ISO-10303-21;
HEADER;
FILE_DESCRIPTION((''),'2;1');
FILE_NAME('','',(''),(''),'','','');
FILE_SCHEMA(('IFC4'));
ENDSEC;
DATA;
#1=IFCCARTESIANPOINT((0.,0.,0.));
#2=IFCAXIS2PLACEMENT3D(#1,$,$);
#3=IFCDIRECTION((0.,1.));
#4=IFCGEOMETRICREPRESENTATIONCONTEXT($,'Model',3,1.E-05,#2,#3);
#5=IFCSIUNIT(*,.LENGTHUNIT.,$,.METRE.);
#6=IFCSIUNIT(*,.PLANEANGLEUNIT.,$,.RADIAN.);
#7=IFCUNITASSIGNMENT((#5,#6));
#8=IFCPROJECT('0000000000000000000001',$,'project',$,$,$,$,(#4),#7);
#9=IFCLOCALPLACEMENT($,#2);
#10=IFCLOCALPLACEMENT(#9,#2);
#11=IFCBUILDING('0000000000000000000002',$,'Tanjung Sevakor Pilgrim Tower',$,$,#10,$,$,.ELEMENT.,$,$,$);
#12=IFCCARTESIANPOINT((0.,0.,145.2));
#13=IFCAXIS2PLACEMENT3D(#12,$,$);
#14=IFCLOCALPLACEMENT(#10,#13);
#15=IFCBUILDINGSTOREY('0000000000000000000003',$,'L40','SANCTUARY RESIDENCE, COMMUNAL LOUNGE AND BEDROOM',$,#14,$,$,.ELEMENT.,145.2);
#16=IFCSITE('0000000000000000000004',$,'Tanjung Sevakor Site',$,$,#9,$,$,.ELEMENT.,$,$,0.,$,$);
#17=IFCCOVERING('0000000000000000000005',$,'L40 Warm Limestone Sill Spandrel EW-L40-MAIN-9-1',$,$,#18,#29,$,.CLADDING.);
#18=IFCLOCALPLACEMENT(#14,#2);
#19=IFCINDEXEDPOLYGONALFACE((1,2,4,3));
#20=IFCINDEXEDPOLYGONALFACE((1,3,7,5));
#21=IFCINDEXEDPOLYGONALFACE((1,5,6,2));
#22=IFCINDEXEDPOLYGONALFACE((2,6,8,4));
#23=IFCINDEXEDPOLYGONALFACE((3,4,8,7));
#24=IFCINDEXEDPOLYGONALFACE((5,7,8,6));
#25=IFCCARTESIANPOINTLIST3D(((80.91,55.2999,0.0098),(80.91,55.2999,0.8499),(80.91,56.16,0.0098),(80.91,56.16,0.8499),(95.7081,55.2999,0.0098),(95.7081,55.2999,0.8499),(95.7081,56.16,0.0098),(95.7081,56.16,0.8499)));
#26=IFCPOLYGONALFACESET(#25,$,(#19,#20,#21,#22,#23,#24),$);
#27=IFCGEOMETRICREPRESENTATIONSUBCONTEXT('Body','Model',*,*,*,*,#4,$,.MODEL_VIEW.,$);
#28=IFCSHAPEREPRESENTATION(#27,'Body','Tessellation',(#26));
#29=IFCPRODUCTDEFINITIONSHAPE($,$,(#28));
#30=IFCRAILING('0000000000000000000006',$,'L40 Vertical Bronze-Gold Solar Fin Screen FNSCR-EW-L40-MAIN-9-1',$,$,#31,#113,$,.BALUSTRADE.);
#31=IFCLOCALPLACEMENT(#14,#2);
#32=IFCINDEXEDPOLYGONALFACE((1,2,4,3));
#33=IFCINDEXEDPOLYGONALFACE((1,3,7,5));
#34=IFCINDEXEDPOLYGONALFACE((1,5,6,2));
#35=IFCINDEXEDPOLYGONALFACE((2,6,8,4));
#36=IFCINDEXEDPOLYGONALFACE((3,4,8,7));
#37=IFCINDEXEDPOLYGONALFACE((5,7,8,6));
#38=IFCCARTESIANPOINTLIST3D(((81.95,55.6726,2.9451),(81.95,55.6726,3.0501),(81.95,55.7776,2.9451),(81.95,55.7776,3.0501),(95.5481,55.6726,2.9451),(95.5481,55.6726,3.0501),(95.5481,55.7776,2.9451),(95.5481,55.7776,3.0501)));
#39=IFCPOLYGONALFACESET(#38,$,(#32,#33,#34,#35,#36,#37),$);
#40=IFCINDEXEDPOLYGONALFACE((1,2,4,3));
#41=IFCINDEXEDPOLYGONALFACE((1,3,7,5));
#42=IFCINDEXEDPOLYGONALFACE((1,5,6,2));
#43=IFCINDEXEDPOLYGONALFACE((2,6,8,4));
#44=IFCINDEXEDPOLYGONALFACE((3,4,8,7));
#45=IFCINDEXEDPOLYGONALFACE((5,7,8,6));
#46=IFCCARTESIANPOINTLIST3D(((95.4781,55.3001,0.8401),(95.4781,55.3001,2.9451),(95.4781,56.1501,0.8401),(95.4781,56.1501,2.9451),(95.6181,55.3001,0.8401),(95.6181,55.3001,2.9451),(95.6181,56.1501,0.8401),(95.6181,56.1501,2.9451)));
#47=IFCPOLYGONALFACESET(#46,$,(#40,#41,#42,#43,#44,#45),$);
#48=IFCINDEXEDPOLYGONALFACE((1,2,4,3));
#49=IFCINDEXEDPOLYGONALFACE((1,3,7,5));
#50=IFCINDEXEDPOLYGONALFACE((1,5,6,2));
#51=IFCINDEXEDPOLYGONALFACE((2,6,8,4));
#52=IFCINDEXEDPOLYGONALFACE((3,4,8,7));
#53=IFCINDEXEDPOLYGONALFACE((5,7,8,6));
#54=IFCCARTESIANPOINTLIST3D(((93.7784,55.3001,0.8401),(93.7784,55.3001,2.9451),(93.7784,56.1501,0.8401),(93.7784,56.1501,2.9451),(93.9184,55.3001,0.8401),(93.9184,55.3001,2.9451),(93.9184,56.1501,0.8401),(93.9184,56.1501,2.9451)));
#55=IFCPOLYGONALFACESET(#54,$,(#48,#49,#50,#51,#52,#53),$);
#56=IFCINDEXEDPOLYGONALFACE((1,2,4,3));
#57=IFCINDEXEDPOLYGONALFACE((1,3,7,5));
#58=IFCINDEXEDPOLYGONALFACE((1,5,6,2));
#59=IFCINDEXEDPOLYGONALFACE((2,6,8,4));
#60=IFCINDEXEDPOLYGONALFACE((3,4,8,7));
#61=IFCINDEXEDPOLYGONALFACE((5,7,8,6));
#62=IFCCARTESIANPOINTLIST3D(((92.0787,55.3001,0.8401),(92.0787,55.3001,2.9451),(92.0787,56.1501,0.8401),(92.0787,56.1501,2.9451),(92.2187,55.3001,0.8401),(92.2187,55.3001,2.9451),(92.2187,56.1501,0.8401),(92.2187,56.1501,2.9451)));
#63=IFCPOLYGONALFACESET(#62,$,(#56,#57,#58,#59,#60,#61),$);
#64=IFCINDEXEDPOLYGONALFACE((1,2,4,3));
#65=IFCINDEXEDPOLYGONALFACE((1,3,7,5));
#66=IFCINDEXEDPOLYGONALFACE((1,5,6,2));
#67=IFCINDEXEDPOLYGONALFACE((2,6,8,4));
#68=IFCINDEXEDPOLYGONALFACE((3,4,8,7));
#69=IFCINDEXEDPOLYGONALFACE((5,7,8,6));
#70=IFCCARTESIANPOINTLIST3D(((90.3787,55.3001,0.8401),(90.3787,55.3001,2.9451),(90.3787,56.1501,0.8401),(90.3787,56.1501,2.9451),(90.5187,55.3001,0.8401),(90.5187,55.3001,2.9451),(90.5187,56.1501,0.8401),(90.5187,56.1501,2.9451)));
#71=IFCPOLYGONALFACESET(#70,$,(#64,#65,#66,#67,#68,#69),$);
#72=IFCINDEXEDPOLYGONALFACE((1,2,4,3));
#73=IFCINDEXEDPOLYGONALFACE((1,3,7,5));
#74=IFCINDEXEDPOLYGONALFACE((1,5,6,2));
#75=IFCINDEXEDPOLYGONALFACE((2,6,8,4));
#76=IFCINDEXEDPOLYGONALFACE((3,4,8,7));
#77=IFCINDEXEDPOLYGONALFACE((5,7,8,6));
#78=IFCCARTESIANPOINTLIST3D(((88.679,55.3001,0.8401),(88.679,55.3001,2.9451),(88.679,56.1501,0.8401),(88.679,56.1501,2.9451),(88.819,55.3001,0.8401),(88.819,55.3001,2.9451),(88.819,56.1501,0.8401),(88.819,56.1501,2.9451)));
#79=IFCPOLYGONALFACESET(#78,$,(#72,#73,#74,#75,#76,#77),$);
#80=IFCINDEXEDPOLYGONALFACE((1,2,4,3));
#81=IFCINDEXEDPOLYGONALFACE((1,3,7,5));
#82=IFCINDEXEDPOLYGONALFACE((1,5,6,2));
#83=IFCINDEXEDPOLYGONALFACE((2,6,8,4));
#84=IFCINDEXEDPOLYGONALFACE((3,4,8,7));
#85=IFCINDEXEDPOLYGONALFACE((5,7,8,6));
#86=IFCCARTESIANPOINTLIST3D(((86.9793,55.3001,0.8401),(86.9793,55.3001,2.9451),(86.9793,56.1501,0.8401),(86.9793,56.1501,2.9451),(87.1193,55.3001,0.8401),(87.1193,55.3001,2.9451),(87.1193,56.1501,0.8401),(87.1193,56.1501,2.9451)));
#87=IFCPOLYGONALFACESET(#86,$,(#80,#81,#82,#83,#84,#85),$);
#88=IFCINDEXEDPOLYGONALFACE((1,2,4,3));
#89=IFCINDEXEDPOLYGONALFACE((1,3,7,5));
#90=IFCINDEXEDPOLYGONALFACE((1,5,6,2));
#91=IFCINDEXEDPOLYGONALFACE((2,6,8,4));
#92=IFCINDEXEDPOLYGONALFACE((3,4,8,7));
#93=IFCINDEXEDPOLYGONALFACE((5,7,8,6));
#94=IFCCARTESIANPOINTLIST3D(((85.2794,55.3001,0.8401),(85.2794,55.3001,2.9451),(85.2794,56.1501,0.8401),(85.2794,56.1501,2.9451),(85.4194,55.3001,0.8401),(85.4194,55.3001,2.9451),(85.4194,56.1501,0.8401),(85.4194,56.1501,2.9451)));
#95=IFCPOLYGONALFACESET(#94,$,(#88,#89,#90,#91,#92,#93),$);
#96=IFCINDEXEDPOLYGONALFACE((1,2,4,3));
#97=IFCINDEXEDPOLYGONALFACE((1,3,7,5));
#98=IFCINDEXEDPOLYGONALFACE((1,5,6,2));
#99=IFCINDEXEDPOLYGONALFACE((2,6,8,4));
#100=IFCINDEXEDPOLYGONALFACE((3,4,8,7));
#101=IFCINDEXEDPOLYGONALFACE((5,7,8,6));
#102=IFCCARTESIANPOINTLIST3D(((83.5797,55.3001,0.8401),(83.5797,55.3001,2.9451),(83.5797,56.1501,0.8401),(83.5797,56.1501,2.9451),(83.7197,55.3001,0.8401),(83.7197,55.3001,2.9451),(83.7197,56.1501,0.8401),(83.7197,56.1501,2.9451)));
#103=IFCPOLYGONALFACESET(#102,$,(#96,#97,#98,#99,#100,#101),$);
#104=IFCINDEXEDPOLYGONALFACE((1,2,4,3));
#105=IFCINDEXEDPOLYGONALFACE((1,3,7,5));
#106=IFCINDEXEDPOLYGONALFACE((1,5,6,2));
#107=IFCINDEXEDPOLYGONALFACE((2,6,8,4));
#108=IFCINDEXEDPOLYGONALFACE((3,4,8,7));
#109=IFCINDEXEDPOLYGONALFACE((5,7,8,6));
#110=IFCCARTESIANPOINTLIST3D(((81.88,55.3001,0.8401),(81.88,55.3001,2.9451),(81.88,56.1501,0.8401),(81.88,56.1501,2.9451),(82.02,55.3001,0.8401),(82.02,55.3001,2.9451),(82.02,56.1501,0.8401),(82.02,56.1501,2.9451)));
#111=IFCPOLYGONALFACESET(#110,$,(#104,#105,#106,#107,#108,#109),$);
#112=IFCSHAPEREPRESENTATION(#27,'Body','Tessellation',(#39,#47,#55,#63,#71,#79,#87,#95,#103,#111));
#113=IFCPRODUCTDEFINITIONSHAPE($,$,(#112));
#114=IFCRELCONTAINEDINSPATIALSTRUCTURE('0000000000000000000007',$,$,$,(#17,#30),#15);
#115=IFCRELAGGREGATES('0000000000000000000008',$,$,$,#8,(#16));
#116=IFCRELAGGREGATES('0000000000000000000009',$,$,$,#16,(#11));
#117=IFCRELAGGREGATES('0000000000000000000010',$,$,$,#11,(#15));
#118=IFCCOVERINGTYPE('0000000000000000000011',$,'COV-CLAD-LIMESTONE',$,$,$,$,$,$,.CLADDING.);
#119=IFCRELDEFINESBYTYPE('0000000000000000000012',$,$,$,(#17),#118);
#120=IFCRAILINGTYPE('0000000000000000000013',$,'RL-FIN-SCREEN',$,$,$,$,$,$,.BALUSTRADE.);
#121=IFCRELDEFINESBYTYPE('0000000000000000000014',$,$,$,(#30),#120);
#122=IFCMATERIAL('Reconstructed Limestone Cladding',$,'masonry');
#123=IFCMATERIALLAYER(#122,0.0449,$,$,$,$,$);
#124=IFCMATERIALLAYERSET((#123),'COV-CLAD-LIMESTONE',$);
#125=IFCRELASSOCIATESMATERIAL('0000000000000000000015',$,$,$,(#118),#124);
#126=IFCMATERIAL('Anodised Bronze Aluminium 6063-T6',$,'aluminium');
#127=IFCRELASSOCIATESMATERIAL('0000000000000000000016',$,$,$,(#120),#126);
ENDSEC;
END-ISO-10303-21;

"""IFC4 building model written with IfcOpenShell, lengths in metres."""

from ifc_helpers import new_model, si_unit, direction, frame, origin, origin_2d, place, context, subcontext, project, spatial, rectangle, extrude, material, layer, layer_set, type_object, element, save


model = new_model("IFC4")

# Units and contexts
model_context = context("Model", 3, precision=1e-05, world=origin(), true_north=direction((0.0, 1.0)))
body_context = subcontext(model_context, "Body", "Model", "MODEL_VIEW")
ifc_project = project(units=[si_unit("LENGTHUNIT", "METRE"), si_unit("PLANEANGLEUNIT", "RADIAN")], contexts=[model_context])

# Site, building, storey
site_placement = place(None, origin())
site = spatial("IfcSite", under=ifc_project, at=site_placement, Name="Tanjung Sevakor Site", CompositionType="ELEMENT", RefElevation=0.0)
building_placement = place(site_placement, origin())
building = spatial("IfcBuilding", under=site, at=building_placement, Name="Tanjung Sevakor Pilgrim Tower", CompositionType="ELEMENT")
storey_placement = place(building_placement, frame((0.0, 0.0, 145.2)))
storey = spatial("IfcBuildingStorey", under=building, at=storey_placement, Name="L40", Description="SANCTUARY RESIDENCE, COMMUNAL LOUNGE AND BEDROOM", CompositionType="ELEMENT", Elevation=145.2)

# Covering
ifc_material_1 = material(Name="Reconstructed Limestone Cladding", Category="masonry")
ifc_layer_1 = layer(ifc_material_1, 0.0449)
ifc_layer_set_1 = layer_set([ifc_layer_1], Name="COV-CLAD-LIMESTONE")
covering_type = type_object("IfcCoveringType", Name="COV-CLAD-LIMESTONE", PredefinedType="CLADDING", material=ifc_layer_set_1)
covering_1_placement = place(storey_placement, frame((88.3091, 55.73, 0.0098), z_axis=(0.0, 0.0, 1.0), x_axis=(-1.0, 0.0, 0.0)))
element("IfcCovering", 1, at=covering_1_placement, inside=storey, type_object=covering_type, Name="L40 Warm Limestone Sill Spandrel EW-L40-MAIN-9-1", PredefinedType="CLADDING", context=body_context, shape_type="SweptSolid", body=[
    extrude(rectangle(XDim=14.7981, YDim=0.8601, at=origin_2d()), origin(), (0.0, 0.0, 1.0), 0.8401),
])

# Railing
ifc_material_2 = material(Name="Anodised Bronze Aluminium 6063-T6", Category="aluminium")
railing_type = type_object("IfcRailingType", Name="RL-FIN-SCREEN", PredefinedType="BALUSTRADE", material=ifc_material_2)
railing_placement = place(storey_placement, frame((95.5481, 55.7251, 0.8401)))
element("IfcRailing", 2, at=railing_placement, inside=storey, type_object=railing_type, Name="L40 Vertical Bronze-Gold Solar Fin Screen FNSCR-EW-L40-MAIN-9-1", PredefinedType="BALUSTRADE", context=body_context, shape_type="SweptSolid", body=[
    extrude(rectangle(XDim=0.105, YDim=0.105), frame((0.0, 0.0, 2.1575), z_axis=(-1.0, 0.0, 0.0), x_axis=(0.0, -1.0, 0.0)), (0.0, 0.0, 1.0), 13.5981),
    extrude(rectangle(XDim=0.14, YDim=0.85), origin(), (0.0, 0.0, 1.0), 2.105),
    extrude(rectangle(XDim=0.14, YDim=0.85), frame((-1.6997, 0.0, 0.0)), (0.0, 0.0, 1.0), 2.105),
    extrude(rectangle(XDim=0.14, YDim=0.85), frame((-3.3994, 0.0, 0.0)), (0.0, 0.0, 1.0), 2.105),
    extrude(rectangle(XDim=0.14, YDim=0.85), frame((-5.0994, 0.0, 0.0)), (0.0, 0.0, 1.0), 2.105),
    extrude(rectangle(XDim=0.14, YDim=0.85), frame((-6.7991, 0.0, 0.0)), (0.0, 0.0, 1.0), 2.105),
    extrude(rectangle(XDim=0.14, YDim=0.85), frame((-8.4988, 0.0, 0.0)), (0.0, 0.0, 1.0), 2.105),
    extrude(rectangle(XDim=0.14, YDim=0.85), frame((-10.1987, 0.0, 0.0)), (0.0, 0.0, 1.0), 2.105),
    extrude(rectangle(XDim=0.14, YDim=0.85), frame((-11.8984, 0.0, 0.0)), (0.0, 0.0, 1.0), 2.105),
    extrude(rectangle(XDim=0.14, YDim=0.85), frame((-13.5981, 0.0, 0.0)), (0.0, 0.0, 1.0), 2.105),
])

save(model, "model.ifc")
